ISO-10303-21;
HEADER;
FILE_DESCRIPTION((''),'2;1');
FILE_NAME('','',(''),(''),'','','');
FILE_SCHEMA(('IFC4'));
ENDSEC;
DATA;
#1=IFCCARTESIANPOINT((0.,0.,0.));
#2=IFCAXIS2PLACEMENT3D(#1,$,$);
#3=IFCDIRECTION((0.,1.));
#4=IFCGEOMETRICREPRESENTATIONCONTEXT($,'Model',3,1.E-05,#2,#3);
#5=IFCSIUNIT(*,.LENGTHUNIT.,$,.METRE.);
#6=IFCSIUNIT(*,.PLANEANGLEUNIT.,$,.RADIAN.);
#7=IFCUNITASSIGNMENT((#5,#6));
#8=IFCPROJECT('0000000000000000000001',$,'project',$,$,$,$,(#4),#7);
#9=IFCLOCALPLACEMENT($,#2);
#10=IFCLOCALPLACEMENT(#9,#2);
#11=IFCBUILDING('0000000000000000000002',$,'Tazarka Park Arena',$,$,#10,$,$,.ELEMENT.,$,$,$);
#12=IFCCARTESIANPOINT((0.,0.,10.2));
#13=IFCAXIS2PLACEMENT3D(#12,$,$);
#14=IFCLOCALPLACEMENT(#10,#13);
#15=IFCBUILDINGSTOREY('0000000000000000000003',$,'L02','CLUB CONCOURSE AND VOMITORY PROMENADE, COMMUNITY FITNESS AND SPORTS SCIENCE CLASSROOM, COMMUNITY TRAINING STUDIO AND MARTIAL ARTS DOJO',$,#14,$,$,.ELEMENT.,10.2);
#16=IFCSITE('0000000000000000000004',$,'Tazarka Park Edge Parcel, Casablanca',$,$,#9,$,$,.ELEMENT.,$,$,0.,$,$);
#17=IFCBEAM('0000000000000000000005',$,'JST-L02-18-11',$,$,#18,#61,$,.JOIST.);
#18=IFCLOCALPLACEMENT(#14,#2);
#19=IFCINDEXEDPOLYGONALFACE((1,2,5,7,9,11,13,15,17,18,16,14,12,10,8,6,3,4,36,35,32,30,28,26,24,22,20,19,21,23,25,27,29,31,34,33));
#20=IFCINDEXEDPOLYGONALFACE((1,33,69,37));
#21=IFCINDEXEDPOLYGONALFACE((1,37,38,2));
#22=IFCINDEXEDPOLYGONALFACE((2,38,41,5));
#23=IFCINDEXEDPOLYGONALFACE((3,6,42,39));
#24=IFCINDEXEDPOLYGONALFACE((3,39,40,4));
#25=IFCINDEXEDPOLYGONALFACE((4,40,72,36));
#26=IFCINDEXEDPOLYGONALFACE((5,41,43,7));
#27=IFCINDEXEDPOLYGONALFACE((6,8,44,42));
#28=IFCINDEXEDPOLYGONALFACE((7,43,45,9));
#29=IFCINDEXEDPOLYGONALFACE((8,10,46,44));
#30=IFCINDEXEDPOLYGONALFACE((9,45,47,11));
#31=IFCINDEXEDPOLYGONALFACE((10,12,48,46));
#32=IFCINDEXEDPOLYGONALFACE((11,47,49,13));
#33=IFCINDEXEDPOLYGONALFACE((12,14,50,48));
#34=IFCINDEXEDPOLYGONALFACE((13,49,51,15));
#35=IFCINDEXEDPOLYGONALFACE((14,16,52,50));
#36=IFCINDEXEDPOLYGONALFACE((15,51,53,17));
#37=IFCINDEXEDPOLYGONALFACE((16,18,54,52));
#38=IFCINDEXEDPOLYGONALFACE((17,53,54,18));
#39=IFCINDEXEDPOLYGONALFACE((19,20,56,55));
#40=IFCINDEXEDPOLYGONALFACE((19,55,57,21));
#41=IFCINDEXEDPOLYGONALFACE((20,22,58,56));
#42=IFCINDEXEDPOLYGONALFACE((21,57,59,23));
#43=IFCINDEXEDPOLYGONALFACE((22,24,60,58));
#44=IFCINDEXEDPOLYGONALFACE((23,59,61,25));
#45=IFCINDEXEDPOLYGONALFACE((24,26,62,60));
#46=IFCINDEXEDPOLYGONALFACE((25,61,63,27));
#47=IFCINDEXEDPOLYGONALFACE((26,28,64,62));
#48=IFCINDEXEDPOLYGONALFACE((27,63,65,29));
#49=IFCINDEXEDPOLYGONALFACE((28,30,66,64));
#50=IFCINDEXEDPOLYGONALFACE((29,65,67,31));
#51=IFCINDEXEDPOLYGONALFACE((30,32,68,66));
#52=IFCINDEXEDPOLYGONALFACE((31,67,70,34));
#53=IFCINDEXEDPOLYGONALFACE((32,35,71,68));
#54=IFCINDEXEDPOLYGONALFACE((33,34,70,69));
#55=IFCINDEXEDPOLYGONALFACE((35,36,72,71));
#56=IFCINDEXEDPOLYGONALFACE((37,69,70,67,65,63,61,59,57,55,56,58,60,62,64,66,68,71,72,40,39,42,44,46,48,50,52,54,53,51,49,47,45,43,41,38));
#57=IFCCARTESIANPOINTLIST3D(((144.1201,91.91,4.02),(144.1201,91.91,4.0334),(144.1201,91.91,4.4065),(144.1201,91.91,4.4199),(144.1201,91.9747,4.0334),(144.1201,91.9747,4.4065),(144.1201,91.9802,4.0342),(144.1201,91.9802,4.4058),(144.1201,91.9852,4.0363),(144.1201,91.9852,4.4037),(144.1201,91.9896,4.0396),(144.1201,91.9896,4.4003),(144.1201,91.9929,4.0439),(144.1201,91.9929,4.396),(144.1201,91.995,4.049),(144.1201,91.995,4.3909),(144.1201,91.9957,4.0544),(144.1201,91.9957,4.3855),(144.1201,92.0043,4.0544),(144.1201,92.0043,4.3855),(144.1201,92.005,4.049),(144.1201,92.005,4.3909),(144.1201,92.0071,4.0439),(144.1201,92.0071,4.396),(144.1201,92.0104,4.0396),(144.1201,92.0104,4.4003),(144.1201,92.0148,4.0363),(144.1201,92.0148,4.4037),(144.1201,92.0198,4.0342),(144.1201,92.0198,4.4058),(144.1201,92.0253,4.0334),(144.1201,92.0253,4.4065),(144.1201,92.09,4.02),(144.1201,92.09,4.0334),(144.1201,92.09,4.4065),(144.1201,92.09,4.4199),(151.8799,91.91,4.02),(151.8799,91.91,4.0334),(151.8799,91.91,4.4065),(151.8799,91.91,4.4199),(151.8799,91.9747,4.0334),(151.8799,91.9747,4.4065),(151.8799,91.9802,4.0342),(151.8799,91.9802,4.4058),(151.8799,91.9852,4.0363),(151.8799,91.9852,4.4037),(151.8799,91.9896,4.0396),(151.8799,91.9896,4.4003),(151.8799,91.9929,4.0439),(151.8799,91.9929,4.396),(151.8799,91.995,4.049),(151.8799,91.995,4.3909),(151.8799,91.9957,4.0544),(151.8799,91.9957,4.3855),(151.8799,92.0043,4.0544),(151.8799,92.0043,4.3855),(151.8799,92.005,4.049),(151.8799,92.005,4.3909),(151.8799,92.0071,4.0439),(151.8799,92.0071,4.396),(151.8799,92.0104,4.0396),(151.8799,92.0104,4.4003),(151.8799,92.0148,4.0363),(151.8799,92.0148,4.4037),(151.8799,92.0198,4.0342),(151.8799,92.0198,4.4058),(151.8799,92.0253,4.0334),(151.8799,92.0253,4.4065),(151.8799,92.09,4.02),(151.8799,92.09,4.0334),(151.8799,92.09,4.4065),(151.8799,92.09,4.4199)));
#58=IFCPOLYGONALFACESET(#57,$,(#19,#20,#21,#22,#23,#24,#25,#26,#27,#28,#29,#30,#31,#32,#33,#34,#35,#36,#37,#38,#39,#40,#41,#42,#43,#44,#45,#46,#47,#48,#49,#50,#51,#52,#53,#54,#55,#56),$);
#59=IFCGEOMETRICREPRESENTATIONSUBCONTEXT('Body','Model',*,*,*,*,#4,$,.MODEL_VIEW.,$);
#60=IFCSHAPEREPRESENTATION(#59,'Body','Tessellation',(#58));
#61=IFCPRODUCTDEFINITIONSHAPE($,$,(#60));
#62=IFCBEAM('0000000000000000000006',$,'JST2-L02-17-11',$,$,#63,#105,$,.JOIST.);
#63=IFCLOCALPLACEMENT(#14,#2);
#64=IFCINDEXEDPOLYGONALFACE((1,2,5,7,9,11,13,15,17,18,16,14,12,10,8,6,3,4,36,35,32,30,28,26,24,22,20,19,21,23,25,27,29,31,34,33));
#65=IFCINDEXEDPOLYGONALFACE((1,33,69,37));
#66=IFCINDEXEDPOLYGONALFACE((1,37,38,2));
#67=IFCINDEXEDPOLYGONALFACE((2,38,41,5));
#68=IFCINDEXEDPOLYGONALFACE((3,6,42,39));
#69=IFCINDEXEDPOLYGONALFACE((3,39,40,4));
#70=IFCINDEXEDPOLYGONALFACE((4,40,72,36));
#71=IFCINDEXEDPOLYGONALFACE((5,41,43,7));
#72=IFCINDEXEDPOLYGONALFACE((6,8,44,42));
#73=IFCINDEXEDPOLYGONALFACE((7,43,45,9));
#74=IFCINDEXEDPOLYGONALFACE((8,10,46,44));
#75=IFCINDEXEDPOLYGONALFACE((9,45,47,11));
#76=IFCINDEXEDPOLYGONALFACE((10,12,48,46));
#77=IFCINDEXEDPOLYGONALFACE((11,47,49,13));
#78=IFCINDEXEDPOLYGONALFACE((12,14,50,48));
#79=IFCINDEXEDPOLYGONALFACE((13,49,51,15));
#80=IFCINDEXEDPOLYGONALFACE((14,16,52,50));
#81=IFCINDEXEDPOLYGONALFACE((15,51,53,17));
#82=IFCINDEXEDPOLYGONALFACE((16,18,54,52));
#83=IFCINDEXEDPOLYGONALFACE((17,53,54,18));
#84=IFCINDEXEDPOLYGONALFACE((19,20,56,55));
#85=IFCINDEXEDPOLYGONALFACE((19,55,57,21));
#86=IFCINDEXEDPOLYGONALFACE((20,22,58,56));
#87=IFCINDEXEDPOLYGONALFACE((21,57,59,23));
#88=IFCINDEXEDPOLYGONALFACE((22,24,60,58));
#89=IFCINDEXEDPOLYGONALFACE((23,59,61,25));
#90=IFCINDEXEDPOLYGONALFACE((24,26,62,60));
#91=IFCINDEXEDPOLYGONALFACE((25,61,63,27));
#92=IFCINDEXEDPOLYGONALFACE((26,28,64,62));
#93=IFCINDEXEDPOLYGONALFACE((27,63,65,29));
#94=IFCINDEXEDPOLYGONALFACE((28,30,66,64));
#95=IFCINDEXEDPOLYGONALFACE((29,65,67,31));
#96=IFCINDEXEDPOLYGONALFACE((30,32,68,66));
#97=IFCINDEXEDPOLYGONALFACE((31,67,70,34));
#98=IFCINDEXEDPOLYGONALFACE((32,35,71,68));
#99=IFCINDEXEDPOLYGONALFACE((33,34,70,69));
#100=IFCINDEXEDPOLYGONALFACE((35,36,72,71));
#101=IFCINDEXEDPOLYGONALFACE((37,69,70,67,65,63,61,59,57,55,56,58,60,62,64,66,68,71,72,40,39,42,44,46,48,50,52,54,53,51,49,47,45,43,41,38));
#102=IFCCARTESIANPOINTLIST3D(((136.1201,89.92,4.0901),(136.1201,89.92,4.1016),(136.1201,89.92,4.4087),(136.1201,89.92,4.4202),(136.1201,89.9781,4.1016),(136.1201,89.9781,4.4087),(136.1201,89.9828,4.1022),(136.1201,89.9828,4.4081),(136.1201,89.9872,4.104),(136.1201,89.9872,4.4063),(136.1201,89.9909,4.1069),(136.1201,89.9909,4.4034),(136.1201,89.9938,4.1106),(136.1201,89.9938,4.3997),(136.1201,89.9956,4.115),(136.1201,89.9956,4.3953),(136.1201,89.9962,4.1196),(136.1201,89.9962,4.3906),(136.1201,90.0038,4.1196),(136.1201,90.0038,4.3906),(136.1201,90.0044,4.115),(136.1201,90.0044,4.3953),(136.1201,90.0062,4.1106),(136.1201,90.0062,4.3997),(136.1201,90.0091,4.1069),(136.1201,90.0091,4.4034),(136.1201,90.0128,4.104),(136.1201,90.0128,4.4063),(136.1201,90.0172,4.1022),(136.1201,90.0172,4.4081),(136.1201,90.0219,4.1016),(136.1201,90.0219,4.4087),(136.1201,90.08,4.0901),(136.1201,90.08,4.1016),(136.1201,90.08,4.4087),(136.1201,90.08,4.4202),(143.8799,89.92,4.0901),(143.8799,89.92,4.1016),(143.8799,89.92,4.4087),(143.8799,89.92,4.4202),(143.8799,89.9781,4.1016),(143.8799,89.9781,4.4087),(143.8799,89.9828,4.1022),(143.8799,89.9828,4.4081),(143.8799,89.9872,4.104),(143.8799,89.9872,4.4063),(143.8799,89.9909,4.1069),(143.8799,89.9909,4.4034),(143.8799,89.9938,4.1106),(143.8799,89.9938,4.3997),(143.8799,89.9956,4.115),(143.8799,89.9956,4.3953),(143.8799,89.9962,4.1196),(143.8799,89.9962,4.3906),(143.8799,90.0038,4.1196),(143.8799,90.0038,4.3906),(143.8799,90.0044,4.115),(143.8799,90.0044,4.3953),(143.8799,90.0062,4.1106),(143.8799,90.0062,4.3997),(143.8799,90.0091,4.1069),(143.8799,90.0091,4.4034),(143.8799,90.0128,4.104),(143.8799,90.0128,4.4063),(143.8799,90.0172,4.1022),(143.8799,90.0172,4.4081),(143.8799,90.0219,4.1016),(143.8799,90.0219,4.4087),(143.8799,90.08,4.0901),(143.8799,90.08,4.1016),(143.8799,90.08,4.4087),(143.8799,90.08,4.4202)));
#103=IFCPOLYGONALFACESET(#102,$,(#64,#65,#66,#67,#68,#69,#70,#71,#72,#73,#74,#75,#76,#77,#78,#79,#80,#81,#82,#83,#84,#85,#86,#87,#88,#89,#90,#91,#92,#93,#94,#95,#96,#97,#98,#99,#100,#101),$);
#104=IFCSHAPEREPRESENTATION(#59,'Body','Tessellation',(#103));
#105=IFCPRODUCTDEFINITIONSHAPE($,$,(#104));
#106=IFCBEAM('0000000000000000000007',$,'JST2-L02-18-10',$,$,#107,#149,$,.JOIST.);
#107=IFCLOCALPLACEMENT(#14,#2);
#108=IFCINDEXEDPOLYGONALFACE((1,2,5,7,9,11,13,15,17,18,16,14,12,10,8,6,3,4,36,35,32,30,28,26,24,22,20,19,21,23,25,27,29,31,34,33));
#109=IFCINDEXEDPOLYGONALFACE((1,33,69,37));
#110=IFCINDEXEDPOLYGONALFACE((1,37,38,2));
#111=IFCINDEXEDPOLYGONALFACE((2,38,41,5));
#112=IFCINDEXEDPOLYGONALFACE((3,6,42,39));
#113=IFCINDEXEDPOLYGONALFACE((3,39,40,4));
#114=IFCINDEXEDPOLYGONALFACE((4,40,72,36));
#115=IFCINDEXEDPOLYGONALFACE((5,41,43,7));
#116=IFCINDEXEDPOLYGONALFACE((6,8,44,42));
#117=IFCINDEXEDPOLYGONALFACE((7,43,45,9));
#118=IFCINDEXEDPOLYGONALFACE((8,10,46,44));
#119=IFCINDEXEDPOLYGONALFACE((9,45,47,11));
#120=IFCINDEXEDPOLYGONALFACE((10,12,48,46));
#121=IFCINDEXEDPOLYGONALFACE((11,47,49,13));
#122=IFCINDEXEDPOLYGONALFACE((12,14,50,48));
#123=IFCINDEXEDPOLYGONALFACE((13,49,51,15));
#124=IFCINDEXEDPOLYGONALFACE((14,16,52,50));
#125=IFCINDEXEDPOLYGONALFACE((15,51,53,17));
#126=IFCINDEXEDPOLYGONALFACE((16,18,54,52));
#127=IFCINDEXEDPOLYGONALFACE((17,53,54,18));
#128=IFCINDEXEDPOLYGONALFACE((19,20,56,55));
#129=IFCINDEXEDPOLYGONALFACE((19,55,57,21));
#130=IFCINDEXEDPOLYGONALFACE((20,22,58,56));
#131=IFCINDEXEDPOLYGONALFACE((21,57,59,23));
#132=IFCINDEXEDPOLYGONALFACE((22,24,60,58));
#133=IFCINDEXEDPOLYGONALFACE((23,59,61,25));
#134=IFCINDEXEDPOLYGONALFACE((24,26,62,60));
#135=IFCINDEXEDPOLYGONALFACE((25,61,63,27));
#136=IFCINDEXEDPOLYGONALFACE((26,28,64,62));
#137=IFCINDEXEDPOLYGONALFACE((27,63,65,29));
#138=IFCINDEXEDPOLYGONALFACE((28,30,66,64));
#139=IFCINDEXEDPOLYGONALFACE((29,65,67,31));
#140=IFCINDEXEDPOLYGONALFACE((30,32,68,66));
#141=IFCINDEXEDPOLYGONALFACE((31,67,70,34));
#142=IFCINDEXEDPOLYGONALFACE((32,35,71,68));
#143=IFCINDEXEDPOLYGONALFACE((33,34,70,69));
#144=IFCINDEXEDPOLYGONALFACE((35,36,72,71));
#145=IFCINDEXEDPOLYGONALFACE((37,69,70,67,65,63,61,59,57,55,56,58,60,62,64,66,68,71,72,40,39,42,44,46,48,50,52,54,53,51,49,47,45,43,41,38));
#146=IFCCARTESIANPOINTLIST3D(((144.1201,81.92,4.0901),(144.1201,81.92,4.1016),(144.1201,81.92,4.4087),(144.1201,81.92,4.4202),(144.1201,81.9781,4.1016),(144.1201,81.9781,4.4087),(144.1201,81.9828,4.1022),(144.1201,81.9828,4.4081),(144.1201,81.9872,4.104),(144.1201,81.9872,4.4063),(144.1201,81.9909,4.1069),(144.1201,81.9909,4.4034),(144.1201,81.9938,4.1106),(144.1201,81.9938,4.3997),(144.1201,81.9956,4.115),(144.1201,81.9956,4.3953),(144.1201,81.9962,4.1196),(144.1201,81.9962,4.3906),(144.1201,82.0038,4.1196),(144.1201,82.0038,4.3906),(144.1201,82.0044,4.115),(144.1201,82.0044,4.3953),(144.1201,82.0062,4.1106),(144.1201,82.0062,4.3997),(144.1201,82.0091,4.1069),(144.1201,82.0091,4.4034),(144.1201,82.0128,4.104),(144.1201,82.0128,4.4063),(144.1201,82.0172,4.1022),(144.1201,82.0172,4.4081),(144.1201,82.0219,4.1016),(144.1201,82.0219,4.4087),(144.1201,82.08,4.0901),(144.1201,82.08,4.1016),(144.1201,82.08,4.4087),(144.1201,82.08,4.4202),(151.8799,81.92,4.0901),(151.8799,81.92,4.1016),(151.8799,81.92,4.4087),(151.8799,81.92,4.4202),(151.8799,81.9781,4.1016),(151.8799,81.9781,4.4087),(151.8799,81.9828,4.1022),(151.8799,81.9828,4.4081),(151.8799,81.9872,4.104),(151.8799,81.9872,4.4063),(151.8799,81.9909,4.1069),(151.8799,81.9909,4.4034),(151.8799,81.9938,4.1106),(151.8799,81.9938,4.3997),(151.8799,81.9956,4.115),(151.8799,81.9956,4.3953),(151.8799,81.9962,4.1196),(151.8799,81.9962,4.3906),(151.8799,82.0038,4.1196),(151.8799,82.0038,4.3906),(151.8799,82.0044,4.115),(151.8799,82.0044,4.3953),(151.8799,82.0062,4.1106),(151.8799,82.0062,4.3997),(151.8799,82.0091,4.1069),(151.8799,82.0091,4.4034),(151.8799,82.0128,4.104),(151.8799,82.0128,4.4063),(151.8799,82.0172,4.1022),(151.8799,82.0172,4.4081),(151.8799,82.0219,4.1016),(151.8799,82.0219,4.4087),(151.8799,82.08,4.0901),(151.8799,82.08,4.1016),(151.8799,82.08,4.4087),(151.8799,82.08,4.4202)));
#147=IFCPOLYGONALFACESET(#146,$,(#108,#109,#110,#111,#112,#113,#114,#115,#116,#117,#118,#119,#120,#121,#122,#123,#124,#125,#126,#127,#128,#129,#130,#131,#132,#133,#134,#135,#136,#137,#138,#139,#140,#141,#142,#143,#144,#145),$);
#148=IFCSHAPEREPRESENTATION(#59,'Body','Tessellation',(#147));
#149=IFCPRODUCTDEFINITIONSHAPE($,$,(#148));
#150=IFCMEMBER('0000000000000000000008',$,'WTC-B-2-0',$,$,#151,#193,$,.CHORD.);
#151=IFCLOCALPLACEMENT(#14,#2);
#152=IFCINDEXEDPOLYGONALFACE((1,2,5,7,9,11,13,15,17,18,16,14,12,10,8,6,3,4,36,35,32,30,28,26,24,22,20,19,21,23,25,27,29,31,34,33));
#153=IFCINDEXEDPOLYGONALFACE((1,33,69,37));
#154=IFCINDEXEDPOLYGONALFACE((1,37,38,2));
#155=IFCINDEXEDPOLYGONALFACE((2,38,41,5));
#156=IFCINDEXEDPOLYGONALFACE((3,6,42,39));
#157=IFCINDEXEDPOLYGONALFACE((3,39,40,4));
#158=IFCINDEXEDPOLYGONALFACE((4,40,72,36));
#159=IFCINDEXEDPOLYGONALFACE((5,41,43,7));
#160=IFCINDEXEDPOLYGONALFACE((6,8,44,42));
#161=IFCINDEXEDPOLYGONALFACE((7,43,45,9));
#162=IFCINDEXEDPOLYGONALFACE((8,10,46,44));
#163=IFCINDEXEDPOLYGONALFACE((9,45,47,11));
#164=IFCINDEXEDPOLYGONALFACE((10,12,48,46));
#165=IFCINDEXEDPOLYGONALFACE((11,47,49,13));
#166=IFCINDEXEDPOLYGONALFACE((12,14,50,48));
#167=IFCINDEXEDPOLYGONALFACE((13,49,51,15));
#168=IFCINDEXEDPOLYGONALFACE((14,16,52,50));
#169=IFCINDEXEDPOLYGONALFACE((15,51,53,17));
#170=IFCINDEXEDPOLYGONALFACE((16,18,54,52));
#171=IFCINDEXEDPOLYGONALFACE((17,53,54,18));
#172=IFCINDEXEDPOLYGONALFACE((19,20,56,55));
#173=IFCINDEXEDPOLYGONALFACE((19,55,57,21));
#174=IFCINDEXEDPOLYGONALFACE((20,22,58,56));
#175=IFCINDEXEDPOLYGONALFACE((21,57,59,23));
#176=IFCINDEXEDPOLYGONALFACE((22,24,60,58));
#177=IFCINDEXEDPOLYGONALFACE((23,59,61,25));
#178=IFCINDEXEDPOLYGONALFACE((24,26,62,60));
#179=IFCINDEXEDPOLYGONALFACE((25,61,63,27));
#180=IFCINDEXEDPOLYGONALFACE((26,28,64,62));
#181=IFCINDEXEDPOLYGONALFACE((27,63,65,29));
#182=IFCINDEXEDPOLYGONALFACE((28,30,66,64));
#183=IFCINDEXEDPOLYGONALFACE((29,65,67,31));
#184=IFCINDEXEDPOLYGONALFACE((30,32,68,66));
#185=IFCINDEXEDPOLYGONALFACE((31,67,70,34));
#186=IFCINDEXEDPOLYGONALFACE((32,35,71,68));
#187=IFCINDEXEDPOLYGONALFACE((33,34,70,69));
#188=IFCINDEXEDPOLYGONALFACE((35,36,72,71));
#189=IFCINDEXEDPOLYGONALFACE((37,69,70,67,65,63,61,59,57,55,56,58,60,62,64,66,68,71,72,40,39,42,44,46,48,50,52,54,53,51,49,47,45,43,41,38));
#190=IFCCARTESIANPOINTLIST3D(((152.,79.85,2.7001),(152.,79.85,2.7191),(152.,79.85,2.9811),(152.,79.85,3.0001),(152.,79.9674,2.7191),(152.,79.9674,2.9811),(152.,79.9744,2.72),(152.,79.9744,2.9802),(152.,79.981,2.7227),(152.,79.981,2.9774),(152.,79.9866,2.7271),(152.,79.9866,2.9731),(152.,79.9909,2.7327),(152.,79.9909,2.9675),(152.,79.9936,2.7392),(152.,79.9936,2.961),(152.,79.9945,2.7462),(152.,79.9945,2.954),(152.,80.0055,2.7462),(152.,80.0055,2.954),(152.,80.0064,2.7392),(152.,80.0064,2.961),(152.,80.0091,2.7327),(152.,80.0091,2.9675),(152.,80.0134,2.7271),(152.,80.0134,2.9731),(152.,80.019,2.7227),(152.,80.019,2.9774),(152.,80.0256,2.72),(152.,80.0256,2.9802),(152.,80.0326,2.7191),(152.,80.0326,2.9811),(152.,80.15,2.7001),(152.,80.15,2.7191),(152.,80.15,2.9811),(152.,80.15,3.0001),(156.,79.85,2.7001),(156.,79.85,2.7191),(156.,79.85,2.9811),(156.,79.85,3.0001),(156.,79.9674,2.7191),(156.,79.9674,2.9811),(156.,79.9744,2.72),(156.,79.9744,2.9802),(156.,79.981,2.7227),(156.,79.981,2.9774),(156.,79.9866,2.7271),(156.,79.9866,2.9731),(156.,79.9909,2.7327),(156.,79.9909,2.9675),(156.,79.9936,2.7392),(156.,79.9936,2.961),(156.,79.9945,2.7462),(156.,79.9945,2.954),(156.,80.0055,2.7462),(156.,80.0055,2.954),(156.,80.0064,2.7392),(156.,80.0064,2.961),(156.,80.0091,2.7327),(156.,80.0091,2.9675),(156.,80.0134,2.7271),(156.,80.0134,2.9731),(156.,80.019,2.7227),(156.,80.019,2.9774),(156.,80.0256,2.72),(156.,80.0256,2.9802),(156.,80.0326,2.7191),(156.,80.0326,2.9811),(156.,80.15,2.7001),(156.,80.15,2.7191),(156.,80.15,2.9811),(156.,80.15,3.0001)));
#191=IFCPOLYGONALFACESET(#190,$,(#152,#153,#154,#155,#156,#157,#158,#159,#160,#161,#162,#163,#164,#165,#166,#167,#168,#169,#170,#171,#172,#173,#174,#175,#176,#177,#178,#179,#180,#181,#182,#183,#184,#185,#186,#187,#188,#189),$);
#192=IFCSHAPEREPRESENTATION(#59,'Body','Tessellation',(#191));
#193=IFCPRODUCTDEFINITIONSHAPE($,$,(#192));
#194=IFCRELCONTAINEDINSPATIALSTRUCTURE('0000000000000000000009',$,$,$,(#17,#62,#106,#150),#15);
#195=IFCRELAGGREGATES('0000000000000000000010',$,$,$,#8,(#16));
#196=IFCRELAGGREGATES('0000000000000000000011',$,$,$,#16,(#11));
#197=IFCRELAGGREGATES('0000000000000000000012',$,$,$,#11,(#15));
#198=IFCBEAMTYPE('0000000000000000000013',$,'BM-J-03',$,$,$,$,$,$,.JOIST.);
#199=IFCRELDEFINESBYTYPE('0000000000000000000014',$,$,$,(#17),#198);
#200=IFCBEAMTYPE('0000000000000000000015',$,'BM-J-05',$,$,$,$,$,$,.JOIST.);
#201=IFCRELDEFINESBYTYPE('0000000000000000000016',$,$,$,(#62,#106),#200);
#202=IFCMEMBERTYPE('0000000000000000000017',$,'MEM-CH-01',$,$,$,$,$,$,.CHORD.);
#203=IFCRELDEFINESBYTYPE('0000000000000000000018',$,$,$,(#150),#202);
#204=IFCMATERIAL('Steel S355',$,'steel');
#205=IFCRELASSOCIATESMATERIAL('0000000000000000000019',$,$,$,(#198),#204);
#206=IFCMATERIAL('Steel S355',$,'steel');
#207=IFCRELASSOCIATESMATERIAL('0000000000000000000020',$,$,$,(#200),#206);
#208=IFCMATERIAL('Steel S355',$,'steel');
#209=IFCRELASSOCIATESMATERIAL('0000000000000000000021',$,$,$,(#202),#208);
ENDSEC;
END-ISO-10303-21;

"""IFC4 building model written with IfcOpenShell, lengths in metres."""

from ifc_helpers import new_model, si_unit, direction, frame, origin, origin_2d, place, context, subcontext, project, spatial, i_section, extrude, material, material_profile, profile_set, type_object, element, save


model = new_model("IFC4")

# Units and contexts
model_context = context("Model", 3, precision=1e-05, world=origin(), true_north=direction((0.0, 1.0)))
body_context = subcontext(model_context, "Body", "Model", "MODEL_VIEW")
ifc_project = project(units=[si_unit("LENGTHUNIT", "METRE"), si_unit("PLANEANGLEUNIT", "RADIAN")], contexts=[model_context])

# Site, building, storey
site_placement = place(None, origin())
site = spatial("IfcSite", under=ifc_project, at=site_placement, Name="Tazarka Park Edge Parcel, Casablanca", CompositionType="ELEMENT", RefElevation=0.0)
building_placement = place(site_placement, origin())
building = spatial("IfcBuilding", under=site, at=building_placement, Name="Tazarka Park Arena", CompositionType="ELEMENT")
storey_placement = place(building_placement, frame((0.0, 0.0, 10.2)))
storey = spatial("IfcBuildingStorey", under=building, at=storey_placement, Name="L02", Description="CLUB CONCOURSE AND VOMITORY PROMENADE, COMMUNITY FITNESS AND SPORTS SCIENCE CLASSROOM, COMMUNITY TRAINING STUDIO AND MARTIAL ARTS DOJO", CompositionType="ELEMENT", Elevation=10.2)

# Beams
ifc_material_1 = material(Name="Steel S355", Category="steel")
ifc_material_profile_1 = material_profile(ifc_material_1, i_section(OverallWidth=0.1799, OverallDepth=0.3999, WebThickness=0.0085, FlangeThickness=0.0134, FilletRadius=0.021, at=origin_2d()), Name="Steel S355")
ifc_profile_set_1 = profile_set([ifc_material_profile_1], Name="Steel S355")
beam_type_1 = type_object("IfcBeamType", Name="BM-J-03", PredefinedType="JOIST", material=ifc_profile_set_1)
beam_1_placement = place(storey_placement, frame((144.1201, 92.0, 4.22), z_axis=(1.0, 0.0, 0.0), x_axis=(0.0, 1.0, 0.0)))
element("IfcBeam", 1, at=beam_1_placement, inside=storey, type_object=beam_type_1, Name="JST-L02-18-11", PredefinedType="JOIST", context=body_context, shape_type="SweptSolid", body=[
    extrude(i_section(OverallWidth=0.1799, OverallDepth=0.3999, WebThickness=0.0085, FlangeThickness=0.0134, FilletRadius=0.021, at=origin_2d()), origin(), (0.0, 0.0, 1.0), 7.7598),
])
ifc_material_2 = material(Name="Steel S355", Category="steel")
ifc_material_profile_2 = material_profile(ifc_material_2, i_section(OverallWidth=0.1599, OverallDepth=0.3301, WebThickness=0.0076, FlangeThickness=0.0115, FilletRadius=0.0181, at=origin_2d()), Name="Steel S355")
ifc_profile_set_2 = profile_set([ifc_material_profile_2], Name="Steel S355")
beam_type_2 = type_object("IfcBeamType", Name="BM-J-05", PredefinedType="JOIST", material=ifc_profile_set_2)
for number, where, z_axis, x_axis, name in (
    (2, (136.1201, 90.0, 4.2551), (1.0, 0.0, 0.0), (0.0, 1.0, 0.0), "JST2-L02-17-11"),
    (3, (144.1201, 82.0, 4.2551), (1.0, 0.0, 0.0), (0.0, 1.0, 0.0), "JST2-L02-18-10"),
):
    element("IfcBeam", number, at=place(storey_placement, frame(where, z_axis=z_axis, x_axis=x_axis)), inside=storey, type_object=beam_type_2, Name=name, PredefinedType="JOIST", context=body_context, shape_type="SweptSolid", body=[
        extrude(i_section(OverallWidth=0.1599, OverallDepth=0.3301, WebThickness=0.0076, FlangeThickness=0.0115, FilletRadius=0.0181, at=origin_2d()), origin(), (0.0, 0.0, 1.0), 7.7598),
    ])

# Member
ifc_material_3 = material(Name="Steel S355", Category="steel")
ifc_material_profile_3 = material_profile(ifc_material_3, i_section(OverallWidth=0.3, OverallDepth=0.3, WebThickness=0.011, FlangeThickness=0.019, FilletRadius=0.0271, at=origin_2d()), Name="Steel S355")
ifc_profile_set_3 = profile_set([ifc_material_profile_3], Name="Steel S355")
member_type_1 = type_object("IfcMemberType", Name="MEM-CH-01", PredefinedType="CHORD", material=ifc_profile_set_3)
member_1_placement = place(storey_placement, frame((152.0, 80.0, 2.8501), z_axis=(1.0, 0.0, 0.0), x_axis=(0.0, 1.0, 0.0)))
element("IfcMember", 4, at=member_1_placement, inside=storey, type_object=member_type_1, Name="WTC-B-2-0", PredefinedType="CHORD", context=body_context, shape_type="SweptSolid", body=[
    extrude(i_section(OverallWidth=0.3, OverallDepth=0.3, WebThickness=0.011, FlangeThickness=0.019, FilletRadius=0.0271, at=origin_2d()), origin(), (0.0, 0.0, 1.0), 4.0),
])

save(model, "model.ifc")
